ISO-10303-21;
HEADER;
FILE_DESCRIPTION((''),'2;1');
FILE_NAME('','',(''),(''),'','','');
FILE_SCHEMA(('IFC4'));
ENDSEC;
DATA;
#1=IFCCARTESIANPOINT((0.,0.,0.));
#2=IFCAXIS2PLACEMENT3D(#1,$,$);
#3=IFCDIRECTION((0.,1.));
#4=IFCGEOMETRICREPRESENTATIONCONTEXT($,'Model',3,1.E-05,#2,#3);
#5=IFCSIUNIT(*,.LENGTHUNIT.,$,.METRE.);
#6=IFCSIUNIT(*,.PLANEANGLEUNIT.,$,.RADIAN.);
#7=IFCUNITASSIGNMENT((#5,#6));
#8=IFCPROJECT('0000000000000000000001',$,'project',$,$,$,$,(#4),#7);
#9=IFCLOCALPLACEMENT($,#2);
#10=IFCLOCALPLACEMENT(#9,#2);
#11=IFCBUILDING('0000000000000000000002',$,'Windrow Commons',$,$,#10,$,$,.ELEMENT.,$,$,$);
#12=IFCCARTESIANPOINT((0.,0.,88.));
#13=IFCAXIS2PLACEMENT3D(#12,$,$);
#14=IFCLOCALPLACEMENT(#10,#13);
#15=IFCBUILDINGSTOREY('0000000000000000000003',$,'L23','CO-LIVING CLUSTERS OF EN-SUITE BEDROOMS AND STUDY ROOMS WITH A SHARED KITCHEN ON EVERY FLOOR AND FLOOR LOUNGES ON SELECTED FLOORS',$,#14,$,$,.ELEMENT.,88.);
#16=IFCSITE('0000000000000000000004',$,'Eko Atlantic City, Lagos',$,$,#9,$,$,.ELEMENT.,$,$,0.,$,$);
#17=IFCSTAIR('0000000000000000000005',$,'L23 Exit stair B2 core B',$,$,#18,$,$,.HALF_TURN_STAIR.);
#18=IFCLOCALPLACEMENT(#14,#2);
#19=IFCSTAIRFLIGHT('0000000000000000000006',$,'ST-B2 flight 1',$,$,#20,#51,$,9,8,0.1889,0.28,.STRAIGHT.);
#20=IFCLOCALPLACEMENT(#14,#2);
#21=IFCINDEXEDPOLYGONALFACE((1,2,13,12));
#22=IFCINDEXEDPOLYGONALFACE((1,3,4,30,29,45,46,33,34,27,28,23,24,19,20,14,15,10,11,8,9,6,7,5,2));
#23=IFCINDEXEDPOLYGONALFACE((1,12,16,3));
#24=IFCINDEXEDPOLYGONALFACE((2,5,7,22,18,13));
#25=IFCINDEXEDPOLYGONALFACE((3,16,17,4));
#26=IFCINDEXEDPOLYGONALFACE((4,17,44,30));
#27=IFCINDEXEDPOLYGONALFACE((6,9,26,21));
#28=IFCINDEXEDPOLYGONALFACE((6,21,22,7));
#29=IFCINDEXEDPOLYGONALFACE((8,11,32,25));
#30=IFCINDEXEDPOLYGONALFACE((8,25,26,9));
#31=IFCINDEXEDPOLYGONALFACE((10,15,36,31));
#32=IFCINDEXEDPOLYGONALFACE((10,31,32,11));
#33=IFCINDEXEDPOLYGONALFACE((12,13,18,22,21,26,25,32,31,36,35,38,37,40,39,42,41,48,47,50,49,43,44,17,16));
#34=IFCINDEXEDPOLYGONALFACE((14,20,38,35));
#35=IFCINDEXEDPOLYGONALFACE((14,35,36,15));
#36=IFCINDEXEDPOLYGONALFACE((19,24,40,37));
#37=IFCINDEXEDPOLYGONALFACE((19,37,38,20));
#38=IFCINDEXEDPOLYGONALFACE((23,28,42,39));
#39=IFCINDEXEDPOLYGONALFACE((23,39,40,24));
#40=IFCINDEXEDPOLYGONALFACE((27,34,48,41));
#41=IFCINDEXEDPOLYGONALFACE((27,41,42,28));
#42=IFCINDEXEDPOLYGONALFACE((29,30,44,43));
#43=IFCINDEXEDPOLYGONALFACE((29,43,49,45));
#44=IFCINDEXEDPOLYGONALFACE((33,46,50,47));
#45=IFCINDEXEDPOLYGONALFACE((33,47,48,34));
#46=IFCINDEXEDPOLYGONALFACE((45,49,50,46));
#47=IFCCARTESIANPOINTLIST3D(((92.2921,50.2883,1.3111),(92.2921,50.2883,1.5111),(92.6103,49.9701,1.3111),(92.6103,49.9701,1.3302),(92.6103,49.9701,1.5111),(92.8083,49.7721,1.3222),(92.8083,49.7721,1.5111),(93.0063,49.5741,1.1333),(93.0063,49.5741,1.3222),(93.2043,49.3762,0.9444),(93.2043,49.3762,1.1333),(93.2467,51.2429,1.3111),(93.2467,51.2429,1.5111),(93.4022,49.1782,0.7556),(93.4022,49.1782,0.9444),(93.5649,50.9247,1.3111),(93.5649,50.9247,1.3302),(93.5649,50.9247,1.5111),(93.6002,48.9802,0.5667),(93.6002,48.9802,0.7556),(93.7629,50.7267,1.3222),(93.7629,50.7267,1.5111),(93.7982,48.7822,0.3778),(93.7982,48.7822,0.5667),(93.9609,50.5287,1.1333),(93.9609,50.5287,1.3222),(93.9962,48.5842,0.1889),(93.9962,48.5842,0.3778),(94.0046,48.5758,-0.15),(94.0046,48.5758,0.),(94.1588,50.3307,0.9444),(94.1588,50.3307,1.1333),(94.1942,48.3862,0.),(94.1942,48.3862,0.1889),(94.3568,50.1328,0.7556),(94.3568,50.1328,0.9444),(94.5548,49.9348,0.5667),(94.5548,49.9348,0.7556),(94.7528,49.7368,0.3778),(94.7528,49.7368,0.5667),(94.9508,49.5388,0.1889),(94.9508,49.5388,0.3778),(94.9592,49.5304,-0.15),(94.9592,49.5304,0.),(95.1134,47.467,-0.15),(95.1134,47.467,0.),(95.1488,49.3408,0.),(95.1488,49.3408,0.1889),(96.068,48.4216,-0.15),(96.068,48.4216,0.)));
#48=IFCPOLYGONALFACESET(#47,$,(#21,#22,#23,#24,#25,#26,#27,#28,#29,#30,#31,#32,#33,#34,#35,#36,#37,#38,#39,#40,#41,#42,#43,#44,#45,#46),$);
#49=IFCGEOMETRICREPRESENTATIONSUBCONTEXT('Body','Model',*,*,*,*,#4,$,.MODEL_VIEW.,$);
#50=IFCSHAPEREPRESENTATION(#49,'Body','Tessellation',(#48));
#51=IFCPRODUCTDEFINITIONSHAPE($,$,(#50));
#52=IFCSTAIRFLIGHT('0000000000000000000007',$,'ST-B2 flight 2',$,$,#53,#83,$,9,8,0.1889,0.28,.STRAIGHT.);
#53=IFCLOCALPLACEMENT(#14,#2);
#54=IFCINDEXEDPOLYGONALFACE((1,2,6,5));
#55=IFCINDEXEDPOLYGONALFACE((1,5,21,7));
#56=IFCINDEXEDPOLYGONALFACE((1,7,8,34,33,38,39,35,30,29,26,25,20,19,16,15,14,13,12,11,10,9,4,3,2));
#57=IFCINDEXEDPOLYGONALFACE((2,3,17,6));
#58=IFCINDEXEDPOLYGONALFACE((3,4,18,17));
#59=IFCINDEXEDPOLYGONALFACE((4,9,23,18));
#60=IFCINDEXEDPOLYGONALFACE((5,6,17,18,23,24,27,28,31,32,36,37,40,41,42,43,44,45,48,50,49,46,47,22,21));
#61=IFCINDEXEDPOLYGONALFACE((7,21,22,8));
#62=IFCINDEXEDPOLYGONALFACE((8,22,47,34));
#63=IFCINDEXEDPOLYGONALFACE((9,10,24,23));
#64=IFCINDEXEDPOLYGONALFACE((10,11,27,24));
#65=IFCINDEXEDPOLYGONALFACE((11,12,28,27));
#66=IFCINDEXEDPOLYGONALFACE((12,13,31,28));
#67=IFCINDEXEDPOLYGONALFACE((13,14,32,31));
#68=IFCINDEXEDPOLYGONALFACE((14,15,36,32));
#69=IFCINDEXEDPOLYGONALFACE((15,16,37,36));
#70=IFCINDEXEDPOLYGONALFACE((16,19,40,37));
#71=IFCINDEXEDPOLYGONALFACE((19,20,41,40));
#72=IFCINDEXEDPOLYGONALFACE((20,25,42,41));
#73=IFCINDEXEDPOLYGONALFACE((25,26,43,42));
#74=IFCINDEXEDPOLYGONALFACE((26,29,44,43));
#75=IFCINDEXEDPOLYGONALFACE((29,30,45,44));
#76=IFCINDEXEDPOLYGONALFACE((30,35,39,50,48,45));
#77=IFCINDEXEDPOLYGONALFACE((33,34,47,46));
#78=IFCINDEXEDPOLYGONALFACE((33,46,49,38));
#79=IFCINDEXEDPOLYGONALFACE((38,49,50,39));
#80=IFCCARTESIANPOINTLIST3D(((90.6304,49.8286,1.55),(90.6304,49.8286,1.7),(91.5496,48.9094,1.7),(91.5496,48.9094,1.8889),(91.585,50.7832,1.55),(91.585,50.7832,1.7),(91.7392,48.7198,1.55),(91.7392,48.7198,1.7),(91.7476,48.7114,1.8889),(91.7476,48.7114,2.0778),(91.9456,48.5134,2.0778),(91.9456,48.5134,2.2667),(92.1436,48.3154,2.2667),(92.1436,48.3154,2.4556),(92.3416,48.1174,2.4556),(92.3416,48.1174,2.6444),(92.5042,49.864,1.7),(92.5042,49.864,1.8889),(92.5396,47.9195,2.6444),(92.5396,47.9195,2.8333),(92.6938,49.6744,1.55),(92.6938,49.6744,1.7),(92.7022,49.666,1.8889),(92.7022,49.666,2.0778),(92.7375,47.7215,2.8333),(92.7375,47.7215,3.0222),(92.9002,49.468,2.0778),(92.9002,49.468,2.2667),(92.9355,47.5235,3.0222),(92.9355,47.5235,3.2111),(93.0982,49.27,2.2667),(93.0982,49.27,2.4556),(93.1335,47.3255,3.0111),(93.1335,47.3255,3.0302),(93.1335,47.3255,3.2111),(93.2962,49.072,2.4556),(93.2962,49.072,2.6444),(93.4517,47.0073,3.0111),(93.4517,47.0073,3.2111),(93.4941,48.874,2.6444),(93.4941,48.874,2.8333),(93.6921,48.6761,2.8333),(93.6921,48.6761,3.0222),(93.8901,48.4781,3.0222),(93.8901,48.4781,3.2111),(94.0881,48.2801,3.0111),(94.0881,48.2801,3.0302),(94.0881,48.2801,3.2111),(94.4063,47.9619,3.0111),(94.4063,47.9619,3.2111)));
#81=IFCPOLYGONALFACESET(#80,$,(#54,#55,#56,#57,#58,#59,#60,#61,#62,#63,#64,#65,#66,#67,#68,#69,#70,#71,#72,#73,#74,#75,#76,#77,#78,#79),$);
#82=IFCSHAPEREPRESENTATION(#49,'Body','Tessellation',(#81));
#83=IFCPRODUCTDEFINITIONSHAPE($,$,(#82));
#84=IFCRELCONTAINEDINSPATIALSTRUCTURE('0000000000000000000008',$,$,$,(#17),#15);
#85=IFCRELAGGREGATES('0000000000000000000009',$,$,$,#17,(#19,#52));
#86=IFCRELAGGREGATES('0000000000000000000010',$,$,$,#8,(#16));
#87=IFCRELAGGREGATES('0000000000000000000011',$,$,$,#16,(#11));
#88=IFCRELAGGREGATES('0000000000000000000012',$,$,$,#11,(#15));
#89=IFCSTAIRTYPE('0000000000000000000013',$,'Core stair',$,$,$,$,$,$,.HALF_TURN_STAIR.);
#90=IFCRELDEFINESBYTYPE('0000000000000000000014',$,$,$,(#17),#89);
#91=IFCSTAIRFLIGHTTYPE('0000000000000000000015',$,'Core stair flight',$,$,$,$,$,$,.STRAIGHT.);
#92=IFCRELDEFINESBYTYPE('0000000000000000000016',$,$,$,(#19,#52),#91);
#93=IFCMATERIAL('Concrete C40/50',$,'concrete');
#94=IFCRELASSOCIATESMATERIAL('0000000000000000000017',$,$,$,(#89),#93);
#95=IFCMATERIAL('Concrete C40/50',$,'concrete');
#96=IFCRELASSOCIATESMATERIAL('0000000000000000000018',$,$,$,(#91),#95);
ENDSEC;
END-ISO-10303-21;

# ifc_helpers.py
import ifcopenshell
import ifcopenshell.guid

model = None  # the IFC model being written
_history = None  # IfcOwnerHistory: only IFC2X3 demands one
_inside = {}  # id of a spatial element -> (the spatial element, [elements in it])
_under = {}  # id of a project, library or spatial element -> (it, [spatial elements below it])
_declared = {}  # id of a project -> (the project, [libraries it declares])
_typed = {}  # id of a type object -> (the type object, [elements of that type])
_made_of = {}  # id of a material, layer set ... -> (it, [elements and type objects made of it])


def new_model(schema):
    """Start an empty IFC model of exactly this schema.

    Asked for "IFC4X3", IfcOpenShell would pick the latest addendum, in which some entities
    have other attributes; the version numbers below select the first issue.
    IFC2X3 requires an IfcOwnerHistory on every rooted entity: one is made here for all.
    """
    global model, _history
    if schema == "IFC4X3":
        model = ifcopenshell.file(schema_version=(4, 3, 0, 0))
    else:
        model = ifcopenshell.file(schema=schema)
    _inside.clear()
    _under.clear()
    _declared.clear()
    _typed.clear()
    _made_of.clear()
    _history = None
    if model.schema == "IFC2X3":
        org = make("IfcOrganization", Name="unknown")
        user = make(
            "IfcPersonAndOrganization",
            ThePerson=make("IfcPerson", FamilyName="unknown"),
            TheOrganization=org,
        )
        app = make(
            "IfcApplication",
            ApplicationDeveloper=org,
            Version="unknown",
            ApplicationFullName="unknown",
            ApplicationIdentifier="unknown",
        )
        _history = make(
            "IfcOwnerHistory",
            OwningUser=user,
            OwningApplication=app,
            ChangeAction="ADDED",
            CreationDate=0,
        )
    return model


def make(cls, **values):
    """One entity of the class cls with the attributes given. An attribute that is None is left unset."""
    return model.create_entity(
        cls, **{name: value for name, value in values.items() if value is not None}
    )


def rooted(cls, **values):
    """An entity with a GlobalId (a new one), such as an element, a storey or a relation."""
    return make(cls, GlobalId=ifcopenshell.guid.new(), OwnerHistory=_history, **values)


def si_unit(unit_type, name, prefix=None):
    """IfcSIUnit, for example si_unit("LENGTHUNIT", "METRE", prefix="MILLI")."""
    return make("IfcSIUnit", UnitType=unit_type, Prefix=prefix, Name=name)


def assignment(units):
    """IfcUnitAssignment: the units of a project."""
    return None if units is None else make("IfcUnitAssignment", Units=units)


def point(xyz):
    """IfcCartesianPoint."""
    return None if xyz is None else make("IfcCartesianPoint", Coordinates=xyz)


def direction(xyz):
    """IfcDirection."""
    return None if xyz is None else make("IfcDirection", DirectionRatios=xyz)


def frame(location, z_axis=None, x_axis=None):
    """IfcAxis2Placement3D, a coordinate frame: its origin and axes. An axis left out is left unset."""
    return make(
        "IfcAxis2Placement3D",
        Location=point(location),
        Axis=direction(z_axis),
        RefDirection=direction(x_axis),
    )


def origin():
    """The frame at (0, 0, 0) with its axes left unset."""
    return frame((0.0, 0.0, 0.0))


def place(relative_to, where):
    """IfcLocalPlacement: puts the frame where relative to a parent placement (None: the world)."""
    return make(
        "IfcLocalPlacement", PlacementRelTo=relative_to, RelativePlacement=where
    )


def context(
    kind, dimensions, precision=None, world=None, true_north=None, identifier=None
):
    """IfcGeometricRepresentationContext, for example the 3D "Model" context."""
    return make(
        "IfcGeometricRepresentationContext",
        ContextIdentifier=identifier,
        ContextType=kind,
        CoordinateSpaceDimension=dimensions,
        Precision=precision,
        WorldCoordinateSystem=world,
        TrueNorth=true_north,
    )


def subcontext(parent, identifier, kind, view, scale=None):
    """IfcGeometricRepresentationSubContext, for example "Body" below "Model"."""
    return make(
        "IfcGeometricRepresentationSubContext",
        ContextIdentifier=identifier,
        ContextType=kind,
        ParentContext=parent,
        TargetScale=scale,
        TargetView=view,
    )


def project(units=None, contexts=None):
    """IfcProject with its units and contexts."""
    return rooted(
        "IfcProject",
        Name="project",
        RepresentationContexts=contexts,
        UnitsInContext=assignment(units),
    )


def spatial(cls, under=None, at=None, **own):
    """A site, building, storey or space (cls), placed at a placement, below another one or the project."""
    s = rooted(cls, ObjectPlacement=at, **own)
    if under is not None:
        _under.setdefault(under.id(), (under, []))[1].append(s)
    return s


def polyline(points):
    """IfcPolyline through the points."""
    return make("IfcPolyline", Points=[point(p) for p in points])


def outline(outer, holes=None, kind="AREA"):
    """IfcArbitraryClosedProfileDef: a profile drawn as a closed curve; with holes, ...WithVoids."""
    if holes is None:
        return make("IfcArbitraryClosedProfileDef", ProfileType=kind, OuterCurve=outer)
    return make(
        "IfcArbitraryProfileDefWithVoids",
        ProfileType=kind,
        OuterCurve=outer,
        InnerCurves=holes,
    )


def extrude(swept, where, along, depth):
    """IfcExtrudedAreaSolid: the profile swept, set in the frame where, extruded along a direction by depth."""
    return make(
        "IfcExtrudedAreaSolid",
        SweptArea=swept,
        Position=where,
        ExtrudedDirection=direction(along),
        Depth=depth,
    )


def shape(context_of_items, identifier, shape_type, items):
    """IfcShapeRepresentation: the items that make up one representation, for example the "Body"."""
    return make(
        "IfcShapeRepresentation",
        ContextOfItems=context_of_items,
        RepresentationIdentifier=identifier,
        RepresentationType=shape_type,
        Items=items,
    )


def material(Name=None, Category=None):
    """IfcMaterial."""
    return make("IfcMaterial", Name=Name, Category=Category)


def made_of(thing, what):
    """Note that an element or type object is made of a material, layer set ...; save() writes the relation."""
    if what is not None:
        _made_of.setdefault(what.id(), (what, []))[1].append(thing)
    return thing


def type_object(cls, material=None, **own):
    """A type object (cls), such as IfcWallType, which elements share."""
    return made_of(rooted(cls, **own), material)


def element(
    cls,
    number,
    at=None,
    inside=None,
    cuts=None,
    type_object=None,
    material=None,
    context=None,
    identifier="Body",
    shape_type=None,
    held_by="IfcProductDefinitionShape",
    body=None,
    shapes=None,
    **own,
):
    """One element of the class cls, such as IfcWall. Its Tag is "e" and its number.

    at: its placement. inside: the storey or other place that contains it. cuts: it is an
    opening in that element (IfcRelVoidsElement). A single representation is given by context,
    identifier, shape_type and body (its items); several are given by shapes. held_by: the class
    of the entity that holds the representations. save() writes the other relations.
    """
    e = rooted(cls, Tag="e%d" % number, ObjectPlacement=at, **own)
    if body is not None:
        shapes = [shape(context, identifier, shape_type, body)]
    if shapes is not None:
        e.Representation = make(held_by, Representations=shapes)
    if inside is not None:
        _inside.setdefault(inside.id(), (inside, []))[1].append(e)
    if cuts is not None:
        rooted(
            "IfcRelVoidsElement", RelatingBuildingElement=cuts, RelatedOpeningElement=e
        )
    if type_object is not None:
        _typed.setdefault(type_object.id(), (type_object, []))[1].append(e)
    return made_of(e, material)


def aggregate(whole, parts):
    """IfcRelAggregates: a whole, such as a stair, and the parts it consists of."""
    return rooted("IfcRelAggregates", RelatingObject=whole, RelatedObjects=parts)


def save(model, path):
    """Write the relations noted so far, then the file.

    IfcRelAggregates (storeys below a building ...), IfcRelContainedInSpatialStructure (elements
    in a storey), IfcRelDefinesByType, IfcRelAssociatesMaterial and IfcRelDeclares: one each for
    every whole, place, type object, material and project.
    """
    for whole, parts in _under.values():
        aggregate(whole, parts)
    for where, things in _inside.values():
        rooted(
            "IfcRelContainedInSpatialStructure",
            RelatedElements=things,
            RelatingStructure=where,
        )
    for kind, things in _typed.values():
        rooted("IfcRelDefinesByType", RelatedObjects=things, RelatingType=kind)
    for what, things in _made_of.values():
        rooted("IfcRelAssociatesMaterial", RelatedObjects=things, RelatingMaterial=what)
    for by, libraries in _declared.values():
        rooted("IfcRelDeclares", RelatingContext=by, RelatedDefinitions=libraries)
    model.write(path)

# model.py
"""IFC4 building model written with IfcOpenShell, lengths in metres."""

from ifc_helpers import new_model, si_unit, direction, frame, origin, place, context, subcontext, project, spatial, polyline, outline, extrude, material, type_object, element, aggregate, save


model = new_model("IFC4")

# Units and contexts
model_context = context("Model", 3, precision=1e-05, world=origin(), true_north=direction((0.0, 1.0)))
body_context = subcontext(model_context, "Body", "Model", "MODEL_VIEW")
ifc_project = project(units=[si_unit("LENGTHUNIT", "METRE"), si_unit("PLANEANGLEUNIT", "RADIAN")], contexts=[model_context])

# Site, building, storey
site_placement = place(None, origin())
site = spatial("IfcSite", under=ifc_project, at=site_placement, Name="Eko Atlantic City, Lagos", CompositionType="ELEMENT", RefElevation=0.0)
building_placement = place(site_placement, origin())
building = spatial("IfcBuilding", under=site, at=building_placement, Name="Windrow Commons", CompositionType="ELEMENT")
storey_placement = place(building_placement, frame((0.0, 0.0, 88.0)))
storey = spatial("IfcBuildingStorey", under=building, at=storey_placement, Name="L23", Description="CO-LIVING CLUSTERS OF EN-SUITE BEDROOMS AND STUDY ROOMS WITH A SHARED KITCHEN ON EVERY FLOOR AND FLOOR LOUNGES ON SELECTED FLOORS", CompositionType="ELEMENT", Elevation=88.0)

# Stair, stair flights
ifc_material_1 = material(Name="Concrete C40/50", Category="concrete")
stair_type = type_object("IfcStairType", Name="Core stair", PredefinedType="HALF_TURN_STAIR", material=ifc_material_1)
stair_placement = place(storey_placement, origin())
stair = element("IfcStair", 1, at=stair_placement, inside=storey, type_object=stair_type, Name="L23 Exit stair B2 core B", PredefinedType="HALF_TURN_STAIR")
ifc_material_2 = material(Name="Concrete C40/50", Category="concrete")
stair_flight_type = type_object("IfcStairFlightType", Name="Core stair flight", PredefinedType="STRAIGHT", material=ifc_material_2)
stair_flight_1_placement = place(storey_placement, frame((94.6715, 48.8635, 0.0), z_axis=(0.0, 0.0, 1.0), x_axis=(-0.707107, 0.707107, 0.0)))
stair_flight_1 = element("IfcStairFlight", 2, at=stair_flight_1_placement, type_object=stair_flight_type, Name="ST-B2 flight 1", NumberOfRisers=9, NumberOfTreads=8, PredefinedType="STRAIGHT", RiserHeight=0.1889, TreadLength=0.28, context=body_context, shape_type="SweptSolid", body=[
    extrude(outline(polyline([(-1.3, -0.15), (-1.3, 0.0), (0.0, 0.0), (0.0, 0.1889), (0.28, 0.1889), (0.28, 0.3778), (0.56, 0.3778), (0.56, 0.5667), (0.84, 0.5667), (0.84, 0.7556), (1.12, 0.7556), (1.12, 0.9444), (1.4, 0.9444), (1.4, 1.1333), (1.68, 1.1333), (1.68, 1.3222), (1.96, 1.3222), (1.96, 1.5111), (2.24, 1.5111), (2.69, 1.5111), (2.69, 1.3111), (2.24, 1.3111), (2.24, 1.3302), (0.2682, 0.0), (0.2682, -0.15), (-1.3, -0.15)])), frame((0.0, 0.675, 0.0), z_axis=(0.0, -1.0, 0.0), x_axis=(1.0, 0.0, 0.0)), (0.0, 0.0, 1.0), 1.35),
])
stair_flight_2_placement = place(storey_placement, frame((92.0269, 49.3867, 1.7), z_axis=(0.0, 0.0, 1.0), x_axis=(0.707107, -0.707107, 0.0)))
stair_flight_2 = element("IfcStairFlight", 3, at=stair_flight_2_placement, type_object=stair_flight_type, Name="ST-B2 flight 2", NumberOfRisers=9, NumberOfTreads=8, PredefinedType="STRAIGHT", RiserHeight=0.1889, TreadLength=0.28, context=body_context, shape_type="SweptSolid", body=[
    extrude(outline(polyline([(-1.3, -0.15), (-1.3, 0.0), (0.0, 0.0), (0.0, 0.1889), (0.28, 0.1889), (0.28, 0.3778), (0.56, 0.3778), (0.56, 0.5667), (0.84, 0.5667), (0.84, 0.7556), (1.12, 0.7556), (1.12, 0.9444), (1.4, 0.9444), (1.4, 1.1333), (1.68, 1.1333), (1.68, 1.3222), (1.96, 1.3222), (1.96, 1.5111), (2.24, 1.5111), (2.69, 1.5111), (2.69, 1.3111), (2.24, 1.3111), (2.24, 1.3302), (0.2682, 0.0), (0.2682, -0.15), (-1.3, -0.15)])), frame((0.0, 0.675, 0.0), z_axis=(0.0, -1.0, 0.0), x_axis=(1.0, 0.0, 0.0)), (0.0, 0.0, 1.0), 1.35),
])
aggregate(stair, [stair_flight_1, stair_flight_2])

save(model, "model.ifc")
